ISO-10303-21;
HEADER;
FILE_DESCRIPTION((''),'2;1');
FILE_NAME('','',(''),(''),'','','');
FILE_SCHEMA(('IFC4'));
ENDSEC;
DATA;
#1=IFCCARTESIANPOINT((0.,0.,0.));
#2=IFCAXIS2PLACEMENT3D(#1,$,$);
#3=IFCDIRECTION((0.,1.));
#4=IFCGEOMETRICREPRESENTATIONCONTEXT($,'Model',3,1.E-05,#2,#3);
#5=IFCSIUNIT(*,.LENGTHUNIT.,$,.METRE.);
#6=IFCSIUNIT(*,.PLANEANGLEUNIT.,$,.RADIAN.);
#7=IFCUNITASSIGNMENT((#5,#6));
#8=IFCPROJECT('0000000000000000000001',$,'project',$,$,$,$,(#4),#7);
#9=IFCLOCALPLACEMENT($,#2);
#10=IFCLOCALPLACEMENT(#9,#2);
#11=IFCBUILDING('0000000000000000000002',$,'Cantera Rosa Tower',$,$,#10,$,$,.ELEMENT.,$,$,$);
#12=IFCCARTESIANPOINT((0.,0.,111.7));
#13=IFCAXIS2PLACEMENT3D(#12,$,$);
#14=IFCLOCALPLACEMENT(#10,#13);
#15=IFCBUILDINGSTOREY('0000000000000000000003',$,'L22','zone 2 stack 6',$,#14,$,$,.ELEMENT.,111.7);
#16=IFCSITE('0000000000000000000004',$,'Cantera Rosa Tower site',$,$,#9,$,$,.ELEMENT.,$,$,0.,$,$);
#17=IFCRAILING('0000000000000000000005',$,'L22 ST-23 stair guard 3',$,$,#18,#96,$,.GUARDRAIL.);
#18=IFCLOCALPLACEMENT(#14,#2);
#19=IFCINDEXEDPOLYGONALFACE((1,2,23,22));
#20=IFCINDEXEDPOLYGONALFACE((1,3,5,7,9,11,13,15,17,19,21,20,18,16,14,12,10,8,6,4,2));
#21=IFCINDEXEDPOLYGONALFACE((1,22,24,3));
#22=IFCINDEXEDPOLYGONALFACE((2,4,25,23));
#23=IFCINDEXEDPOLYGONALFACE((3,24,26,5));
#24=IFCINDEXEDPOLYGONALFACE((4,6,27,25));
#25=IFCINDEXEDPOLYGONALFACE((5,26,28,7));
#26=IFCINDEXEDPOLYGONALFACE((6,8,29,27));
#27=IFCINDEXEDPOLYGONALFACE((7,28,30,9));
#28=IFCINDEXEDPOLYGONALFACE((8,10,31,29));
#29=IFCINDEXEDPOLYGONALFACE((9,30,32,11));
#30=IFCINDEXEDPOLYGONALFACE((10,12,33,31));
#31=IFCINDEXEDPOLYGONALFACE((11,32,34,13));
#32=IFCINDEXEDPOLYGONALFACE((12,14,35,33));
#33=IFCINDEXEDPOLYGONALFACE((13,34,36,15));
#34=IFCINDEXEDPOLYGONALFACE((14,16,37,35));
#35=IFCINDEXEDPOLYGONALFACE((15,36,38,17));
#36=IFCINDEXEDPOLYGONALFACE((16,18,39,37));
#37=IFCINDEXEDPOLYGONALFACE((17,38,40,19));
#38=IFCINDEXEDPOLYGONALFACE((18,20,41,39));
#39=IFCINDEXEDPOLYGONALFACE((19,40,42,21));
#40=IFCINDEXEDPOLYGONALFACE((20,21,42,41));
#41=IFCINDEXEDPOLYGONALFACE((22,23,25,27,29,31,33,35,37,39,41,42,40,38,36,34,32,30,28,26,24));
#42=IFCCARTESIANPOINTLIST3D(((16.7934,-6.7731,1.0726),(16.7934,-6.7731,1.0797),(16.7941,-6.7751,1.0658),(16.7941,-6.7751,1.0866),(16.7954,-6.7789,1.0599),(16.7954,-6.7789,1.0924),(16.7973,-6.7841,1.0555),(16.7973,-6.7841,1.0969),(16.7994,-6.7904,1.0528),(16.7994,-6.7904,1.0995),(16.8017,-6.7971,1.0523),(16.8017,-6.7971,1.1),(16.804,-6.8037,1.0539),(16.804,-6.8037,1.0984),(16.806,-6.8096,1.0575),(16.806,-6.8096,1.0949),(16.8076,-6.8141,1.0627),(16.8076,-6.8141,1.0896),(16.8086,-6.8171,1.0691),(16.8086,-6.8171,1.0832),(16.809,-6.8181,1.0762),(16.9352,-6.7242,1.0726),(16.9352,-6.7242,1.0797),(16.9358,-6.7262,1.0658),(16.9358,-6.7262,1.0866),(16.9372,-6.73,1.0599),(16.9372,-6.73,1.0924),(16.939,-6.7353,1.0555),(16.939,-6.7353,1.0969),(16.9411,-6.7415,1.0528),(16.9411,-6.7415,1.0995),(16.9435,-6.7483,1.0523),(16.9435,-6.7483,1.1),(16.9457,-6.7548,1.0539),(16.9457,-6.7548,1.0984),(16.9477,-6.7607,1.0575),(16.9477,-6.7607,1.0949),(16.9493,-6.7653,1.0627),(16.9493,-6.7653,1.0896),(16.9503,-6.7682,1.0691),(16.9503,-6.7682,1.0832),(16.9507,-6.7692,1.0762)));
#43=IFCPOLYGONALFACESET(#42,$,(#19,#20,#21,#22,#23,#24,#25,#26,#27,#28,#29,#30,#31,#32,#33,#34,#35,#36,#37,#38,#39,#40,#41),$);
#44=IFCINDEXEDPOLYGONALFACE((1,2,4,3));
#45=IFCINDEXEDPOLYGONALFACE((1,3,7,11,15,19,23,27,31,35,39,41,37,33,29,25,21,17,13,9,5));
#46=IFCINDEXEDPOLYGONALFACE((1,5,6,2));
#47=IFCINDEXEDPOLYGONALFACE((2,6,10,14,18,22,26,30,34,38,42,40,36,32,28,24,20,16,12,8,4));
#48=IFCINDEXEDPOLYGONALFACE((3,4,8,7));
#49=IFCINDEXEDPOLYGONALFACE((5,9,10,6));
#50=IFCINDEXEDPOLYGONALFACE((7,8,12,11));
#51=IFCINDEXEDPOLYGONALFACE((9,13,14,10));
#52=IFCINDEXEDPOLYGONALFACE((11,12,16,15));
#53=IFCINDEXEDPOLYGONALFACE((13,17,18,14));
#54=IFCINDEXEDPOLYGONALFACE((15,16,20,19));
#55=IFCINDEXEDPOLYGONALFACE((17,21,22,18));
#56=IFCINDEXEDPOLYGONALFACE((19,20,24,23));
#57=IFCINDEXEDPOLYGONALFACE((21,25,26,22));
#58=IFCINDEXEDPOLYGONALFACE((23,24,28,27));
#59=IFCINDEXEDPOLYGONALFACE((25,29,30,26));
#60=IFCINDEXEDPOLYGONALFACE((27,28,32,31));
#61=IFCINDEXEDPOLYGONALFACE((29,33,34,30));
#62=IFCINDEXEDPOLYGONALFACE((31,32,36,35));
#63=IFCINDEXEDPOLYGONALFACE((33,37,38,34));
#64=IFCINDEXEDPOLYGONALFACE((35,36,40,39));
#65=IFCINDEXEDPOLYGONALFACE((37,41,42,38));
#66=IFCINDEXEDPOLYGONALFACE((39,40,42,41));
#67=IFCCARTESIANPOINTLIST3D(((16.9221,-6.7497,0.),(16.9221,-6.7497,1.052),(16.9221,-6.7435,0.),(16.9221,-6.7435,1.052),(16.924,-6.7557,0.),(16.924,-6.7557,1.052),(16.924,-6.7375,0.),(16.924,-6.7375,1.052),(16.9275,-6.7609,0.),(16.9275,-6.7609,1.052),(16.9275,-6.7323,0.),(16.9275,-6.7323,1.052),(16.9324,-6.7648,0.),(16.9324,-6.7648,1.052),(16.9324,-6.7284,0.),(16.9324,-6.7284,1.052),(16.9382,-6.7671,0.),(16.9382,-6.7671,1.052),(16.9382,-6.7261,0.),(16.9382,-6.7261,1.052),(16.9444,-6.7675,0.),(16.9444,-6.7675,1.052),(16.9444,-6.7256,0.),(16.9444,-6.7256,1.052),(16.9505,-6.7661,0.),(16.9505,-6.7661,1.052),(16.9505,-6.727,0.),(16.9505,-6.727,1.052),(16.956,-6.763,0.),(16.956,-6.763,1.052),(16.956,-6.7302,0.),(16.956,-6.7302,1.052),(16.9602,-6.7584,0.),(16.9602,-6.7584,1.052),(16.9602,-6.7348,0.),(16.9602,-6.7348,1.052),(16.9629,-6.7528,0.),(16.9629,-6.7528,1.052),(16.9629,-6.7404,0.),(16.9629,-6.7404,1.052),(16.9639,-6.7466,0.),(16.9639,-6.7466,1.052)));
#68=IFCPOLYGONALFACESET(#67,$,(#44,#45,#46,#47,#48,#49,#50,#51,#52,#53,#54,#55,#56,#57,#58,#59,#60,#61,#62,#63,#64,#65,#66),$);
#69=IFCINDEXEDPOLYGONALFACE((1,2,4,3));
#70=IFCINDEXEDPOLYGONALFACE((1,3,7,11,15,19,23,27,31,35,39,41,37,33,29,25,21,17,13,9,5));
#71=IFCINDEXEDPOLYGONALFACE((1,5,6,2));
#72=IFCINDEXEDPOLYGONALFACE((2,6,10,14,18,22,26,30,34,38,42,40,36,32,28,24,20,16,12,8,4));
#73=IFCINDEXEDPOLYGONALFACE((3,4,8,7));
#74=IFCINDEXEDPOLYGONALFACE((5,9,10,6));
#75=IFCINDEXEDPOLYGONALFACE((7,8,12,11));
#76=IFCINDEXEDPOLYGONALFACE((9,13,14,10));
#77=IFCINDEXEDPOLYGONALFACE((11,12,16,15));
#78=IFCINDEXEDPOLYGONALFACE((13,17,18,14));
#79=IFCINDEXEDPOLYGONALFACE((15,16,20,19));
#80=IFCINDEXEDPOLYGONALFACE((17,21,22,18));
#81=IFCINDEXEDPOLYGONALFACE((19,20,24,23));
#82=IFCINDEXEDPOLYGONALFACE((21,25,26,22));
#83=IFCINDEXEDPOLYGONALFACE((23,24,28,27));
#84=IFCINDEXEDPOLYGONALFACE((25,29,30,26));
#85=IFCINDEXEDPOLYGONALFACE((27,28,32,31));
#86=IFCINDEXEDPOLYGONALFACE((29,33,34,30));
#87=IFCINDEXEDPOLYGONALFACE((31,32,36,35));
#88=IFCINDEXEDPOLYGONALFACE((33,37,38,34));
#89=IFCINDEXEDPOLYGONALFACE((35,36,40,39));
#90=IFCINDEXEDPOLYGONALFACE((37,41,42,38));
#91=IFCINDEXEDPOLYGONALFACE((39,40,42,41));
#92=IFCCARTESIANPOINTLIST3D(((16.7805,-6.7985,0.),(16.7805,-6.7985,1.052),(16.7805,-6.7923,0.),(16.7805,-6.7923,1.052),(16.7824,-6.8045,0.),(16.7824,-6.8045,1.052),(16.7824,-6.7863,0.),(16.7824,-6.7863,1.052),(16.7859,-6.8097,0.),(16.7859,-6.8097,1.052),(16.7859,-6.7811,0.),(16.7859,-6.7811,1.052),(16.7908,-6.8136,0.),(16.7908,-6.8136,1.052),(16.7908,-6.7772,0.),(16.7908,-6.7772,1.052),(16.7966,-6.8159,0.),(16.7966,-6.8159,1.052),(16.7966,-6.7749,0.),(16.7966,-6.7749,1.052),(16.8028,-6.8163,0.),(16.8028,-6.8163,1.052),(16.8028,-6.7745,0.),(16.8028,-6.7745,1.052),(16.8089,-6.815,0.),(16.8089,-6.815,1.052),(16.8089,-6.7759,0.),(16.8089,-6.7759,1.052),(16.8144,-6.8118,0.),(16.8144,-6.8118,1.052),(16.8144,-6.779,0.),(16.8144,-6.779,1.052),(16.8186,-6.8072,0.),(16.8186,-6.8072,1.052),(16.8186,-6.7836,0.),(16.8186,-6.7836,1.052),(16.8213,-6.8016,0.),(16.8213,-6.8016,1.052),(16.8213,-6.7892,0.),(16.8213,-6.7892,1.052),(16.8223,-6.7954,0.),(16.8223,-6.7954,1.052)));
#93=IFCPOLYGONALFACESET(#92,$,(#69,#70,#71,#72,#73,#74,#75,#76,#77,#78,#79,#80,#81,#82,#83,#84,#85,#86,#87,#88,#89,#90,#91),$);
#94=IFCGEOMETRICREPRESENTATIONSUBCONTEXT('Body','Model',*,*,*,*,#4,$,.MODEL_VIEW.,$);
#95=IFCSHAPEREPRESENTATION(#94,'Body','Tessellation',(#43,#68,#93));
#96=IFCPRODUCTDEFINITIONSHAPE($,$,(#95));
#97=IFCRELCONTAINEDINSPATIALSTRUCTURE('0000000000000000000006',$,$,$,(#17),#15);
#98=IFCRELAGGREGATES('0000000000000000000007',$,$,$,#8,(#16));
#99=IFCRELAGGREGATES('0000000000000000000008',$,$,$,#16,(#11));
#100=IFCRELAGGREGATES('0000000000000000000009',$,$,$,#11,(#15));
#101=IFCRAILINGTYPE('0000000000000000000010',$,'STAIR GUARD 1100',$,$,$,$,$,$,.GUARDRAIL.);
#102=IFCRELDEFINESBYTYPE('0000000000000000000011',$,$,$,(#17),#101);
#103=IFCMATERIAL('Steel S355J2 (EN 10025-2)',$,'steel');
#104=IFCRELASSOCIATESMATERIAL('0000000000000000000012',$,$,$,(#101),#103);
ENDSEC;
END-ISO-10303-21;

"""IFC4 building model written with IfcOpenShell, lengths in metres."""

from ifc_helpers import new_model, si_unit, direction, frame, origin, origin_2d, place, context, subcontext, project, spatial, circle, extrude, material, type_object, element, save


model = new_model("IFC4")

# Units and contexts
model_context = context("Model", 3, precision=1e-05, world=origin(), true_north=direction((0.0, 1.0)))
body_context = subcontext(model_context, "Body", "Model", "MODEL_VIEW")
ifc_project = project(units=[si_unit("LENGTHUNIT", "METRE"), si_unit("PLANEANGLEUNIT", "RADIAN")], contexts=[model_context])

# Site, building, storey
site_placement = place(None, origin())
site = spatial("IfcSite", under=ifc_project, at=site_placement, Name="Cantera Rosa Tower site", CompositionType="ELEMENT", RefElevation=0.0)
building_placement = place(site_placement, origin())
building = spatial("IfcBuilding", under=site, at=building_placement, Name="Cantera Rosa Tower", CompositionType="ELEMENT")
storey_placement = place(building_placement, frame((0.0, 0.0, 111.7)))
storey = spatial("IfcBuildingStorey", under=building, at=storey_placement, Name="L22", Description="zone 2 stack 6", CompositionType="ELEMENT", Elevation=111.7)

# Railing
ifc_material_1 = material(Name="Steel S355J2 (EN 10025-2)", Category="steel")
railing_type_1 = type_object("IfcRailingType", Name="STAIR GUARD 1100", PredefinedType="GUARDRAIL", material=ifc_material_1)
railing_1_placement = place(storey_placement, frame((16.9429, -6.7466, 0.0)))
element("IfcRailing", 1, at=railing_1_placement, inside=storey, type_object=railing_type_1, Name="L22 ST-23 stair guard 3", PredefinedType="GUARDRAIL", context=body_context, shape_type="SweptSolid", body=[
    extrude(circle(Radius=0.0239, at=origin_2d()), frame((0.0, 0.0, 1.0762), z_axis=(-0.945373, -0.325991, 0.0), x_axis=(0.325991, -0.945373, 0.0)), (0.0, 0.0, 1.0), 0.1499),
    extrude(circle(Radius=0.021, at=origin_2d()), origin(), (0.0, 0.0, 1.0), 1.052),
    extrude(circle(Radius=0.021, at=origin_2d()), frame((-0.1416, -0.0488, 0.0)), (0.0, 0.0, 1.0), 1.052),
])

save(model, "model.ifc")
